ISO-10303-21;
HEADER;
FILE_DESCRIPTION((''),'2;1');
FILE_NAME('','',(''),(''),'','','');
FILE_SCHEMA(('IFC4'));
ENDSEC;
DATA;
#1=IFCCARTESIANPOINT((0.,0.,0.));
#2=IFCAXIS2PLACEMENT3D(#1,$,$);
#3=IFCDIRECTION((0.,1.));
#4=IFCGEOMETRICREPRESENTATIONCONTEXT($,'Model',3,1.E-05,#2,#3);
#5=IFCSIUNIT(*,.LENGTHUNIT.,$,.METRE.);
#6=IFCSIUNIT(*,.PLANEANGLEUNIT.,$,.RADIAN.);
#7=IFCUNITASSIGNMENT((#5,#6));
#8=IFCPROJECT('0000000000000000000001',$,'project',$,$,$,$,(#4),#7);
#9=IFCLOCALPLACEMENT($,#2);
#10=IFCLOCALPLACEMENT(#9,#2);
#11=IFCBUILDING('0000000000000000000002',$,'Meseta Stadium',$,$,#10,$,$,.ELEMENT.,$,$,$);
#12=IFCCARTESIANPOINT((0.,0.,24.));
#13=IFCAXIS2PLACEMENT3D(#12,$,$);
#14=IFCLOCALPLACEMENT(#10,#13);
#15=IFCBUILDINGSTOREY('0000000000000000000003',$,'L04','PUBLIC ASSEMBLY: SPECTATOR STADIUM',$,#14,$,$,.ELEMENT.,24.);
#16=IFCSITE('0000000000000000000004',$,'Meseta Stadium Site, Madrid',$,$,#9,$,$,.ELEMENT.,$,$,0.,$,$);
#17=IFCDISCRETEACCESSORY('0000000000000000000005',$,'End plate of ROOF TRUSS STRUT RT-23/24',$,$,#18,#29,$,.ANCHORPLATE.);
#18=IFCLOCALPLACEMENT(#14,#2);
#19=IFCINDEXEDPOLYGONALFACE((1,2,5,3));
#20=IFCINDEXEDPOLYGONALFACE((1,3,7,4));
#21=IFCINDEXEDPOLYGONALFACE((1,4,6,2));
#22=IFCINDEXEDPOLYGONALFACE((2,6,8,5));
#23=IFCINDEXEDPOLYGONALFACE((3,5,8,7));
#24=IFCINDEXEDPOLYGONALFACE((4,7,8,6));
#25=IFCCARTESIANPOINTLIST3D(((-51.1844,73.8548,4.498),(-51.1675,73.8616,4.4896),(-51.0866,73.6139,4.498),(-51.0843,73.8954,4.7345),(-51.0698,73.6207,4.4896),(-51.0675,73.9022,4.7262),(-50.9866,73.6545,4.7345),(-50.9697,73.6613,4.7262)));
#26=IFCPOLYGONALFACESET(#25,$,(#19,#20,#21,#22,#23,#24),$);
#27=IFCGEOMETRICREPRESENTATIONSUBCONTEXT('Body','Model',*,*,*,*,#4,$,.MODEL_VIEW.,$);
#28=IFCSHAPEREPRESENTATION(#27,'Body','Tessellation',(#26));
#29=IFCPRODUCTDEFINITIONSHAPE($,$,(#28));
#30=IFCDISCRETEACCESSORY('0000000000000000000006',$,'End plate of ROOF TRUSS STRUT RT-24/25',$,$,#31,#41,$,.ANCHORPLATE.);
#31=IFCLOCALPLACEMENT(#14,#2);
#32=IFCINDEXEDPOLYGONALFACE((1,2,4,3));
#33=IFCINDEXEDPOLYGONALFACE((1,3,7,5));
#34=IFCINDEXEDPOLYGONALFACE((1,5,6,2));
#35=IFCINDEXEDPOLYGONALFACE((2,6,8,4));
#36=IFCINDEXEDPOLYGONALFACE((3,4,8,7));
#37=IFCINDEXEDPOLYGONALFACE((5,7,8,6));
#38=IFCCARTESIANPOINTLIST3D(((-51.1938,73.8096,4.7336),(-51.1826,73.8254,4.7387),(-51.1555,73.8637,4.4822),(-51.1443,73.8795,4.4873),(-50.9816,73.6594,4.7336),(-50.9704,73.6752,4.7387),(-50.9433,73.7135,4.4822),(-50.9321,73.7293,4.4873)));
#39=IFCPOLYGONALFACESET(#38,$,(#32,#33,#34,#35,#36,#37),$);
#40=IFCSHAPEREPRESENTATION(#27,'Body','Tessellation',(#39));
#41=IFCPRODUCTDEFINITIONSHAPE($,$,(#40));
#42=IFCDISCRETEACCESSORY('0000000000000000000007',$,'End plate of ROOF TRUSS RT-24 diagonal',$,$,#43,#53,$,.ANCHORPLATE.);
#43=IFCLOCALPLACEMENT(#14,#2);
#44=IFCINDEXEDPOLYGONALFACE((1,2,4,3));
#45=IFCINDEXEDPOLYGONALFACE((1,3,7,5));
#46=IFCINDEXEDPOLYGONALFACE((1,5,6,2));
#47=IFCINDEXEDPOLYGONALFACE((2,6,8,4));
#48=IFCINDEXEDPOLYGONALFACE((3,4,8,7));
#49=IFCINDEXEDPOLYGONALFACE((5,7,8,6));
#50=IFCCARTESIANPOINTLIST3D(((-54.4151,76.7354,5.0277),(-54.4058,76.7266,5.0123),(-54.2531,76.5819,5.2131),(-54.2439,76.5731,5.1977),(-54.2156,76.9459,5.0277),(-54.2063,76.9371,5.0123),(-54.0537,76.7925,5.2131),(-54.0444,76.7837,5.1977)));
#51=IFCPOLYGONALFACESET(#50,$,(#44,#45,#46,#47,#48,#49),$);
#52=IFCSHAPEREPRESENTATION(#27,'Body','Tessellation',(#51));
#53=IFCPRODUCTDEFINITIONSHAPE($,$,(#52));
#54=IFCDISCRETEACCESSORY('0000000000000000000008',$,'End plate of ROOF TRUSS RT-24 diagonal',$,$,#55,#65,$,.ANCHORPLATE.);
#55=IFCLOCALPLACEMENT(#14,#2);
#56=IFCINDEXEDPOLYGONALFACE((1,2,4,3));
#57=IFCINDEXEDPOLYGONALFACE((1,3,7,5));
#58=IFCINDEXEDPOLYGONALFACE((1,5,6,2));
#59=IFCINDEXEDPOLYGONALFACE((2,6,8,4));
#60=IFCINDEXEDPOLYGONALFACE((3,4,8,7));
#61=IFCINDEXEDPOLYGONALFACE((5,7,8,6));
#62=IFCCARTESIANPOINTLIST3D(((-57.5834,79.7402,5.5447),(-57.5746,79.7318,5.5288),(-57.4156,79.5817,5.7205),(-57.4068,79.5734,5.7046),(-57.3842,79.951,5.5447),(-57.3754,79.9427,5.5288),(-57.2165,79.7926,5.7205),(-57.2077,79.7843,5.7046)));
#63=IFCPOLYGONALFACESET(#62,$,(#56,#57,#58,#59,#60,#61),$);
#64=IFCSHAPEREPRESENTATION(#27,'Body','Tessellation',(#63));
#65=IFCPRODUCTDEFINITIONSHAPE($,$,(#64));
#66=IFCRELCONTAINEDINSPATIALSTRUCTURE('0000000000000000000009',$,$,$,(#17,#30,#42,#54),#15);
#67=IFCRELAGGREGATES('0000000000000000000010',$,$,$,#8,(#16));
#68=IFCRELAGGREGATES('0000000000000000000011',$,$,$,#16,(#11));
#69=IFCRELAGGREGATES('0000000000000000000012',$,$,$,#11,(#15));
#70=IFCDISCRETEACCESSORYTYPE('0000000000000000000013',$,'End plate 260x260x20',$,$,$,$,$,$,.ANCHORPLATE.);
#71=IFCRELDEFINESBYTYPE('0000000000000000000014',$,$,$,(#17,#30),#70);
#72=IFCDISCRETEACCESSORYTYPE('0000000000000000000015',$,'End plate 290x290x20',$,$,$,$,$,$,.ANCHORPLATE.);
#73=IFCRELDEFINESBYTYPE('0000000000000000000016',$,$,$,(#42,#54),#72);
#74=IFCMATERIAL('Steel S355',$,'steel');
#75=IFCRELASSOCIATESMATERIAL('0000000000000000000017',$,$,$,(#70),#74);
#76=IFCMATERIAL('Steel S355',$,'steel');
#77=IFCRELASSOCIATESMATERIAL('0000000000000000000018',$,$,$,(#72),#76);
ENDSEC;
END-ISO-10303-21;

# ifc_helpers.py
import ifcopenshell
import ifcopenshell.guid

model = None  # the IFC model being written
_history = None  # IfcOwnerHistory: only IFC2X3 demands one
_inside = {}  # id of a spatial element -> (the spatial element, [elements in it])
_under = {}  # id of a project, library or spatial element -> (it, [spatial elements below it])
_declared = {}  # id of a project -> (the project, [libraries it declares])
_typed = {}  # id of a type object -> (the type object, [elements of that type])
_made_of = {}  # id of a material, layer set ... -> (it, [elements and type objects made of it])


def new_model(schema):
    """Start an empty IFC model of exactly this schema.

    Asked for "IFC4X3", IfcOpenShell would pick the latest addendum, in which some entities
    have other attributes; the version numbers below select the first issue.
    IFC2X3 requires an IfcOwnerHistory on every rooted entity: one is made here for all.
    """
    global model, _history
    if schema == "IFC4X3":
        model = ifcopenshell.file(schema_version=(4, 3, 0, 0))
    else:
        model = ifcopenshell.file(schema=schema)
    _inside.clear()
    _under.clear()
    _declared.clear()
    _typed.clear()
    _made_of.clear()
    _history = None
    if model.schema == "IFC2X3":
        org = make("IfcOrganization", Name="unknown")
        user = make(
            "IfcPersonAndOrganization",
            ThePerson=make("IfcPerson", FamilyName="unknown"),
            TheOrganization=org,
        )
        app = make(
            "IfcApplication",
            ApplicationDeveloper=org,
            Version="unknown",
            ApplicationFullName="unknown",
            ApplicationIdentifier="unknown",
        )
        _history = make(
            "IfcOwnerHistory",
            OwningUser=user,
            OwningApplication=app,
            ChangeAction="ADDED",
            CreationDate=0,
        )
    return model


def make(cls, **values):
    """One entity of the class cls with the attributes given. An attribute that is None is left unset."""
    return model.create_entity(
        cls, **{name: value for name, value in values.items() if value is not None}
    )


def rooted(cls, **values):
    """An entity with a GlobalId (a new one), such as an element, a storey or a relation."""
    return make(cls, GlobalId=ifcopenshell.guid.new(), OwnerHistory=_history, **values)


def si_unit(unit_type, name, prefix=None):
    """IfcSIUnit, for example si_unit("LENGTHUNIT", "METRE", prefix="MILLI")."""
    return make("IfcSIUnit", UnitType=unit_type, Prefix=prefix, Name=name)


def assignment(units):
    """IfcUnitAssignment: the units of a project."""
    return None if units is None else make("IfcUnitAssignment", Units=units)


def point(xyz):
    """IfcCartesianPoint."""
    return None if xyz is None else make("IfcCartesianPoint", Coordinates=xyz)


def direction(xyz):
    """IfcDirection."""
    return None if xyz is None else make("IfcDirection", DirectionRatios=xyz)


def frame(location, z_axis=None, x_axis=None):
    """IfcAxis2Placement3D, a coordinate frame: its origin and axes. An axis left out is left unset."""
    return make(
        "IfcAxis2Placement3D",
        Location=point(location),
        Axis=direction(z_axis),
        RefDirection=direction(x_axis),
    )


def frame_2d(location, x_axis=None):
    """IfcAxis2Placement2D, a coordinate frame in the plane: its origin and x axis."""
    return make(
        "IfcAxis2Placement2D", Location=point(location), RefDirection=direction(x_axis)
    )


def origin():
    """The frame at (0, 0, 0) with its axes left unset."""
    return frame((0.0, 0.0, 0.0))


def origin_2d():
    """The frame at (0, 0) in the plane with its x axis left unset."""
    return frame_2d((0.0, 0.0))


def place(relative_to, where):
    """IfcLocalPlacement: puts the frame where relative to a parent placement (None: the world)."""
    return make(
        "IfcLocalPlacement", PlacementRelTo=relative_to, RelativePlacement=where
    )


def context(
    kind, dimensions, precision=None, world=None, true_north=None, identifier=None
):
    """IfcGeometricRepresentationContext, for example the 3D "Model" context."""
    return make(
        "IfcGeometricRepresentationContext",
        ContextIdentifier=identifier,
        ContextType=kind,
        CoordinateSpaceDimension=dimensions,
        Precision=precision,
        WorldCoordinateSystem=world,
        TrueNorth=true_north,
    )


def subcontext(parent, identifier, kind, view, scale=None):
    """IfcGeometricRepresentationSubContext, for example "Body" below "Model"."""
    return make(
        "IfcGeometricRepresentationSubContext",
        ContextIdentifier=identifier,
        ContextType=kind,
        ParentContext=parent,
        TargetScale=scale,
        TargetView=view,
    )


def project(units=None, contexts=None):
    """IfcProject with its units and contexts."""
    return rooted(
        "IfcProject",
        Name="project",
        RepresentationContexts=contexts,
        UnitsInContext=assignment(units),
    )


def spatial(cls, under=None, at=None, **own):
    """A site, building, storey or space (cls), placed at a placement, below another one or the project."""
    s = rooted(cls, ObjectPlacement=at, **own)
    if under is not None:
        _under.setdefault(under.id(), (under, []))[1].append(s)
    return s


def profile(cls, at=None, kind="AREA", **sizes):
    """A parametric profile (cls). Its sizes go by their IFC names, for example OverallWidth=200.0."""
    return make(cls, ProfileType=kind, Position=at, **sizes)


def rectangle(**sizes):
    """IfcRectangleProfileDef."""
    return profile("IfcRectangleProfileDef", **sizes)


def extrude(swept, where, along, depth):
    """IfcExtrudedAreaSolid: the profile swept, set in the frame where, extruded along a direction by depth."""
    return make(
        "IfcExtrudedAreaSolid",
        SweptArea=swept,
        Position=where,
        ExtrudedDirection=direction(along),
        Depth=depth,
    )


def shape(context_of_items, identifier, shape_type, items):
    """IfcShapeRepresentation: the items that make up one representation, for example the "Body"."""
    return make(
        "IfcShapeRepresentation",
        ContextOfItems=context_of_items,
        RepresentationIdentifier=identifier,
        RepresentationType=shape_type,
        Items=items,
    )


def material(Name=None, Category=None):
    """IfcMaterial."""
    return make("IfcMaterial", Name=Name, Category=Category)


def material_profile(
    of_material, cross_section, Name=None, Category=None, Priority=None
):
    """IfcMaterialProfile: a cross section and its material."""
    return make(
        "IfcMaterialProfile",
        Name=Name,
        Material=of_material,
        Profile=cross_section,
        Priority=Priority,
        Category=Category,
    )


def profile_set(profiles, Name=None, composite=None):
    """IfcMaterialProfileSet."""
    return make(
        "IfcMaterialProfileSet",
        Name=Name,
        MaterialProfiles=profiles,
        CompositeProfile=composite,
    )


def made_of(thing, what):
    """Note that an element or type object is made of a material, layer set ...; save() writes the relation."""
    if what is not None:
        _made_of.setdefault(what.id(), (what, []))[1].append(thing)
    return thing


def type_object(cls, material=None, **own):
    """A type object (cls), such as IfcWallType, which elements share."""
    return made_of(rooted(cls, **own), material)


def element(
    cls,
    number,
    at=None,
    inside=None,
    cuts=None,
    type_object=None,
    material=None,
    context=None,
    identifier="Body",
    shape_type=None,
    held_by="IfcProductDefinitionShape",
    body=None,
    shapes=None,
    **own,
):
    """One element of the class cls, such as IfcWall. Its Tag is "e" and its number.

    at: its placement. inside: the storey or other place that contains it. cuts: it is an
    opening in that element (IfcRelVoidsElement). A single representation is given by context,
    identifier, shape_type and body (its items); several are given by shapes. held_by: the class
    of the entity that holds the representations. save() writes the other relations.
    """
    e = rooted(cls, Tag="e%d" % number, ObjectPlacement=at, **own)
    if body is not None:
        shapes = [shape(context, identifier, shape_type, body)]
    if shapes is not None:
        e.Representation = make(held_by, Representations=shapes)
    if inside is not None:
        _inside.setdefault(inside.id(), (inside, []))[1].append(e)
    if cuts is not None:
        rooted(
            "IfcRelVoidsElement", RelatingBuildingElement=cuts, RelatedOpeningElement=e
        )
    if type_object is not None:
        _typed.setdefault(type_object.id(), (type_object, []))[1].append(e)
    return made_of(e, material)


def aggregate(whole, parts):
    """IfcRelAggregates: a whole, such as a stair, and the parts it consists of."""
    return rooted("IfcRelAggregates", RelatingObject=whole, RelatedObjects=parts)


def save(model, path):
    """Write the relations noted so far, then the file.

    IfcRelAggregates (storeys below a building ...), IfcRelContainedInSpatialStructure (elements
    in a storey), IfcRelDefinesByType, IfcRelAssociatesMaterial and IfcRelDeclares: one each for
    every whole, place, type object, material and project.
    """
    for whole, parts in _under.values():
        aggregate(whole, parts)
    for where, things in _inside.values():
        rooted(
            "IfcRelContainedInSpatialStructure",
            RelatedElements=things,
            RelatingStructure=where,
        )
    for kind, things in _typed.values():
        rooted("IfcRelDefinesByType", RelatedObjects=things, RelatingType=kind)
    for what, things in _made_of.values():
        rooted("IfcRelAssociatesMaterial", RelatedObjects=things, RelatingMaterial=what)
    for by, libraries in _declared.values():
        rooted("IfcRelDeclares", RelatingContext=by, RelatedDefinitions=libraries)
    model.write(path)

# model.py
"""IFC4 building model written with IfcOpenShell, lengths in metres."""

from ifc_helpers import new_model, si_unit, direction, frame, origin, origin_2d, place, context, subcontext, project, spatial, rectangle, extrude, material, material_profile, profile_set, type_object, element, save


model = new_model("IFC4")

# Units and contexts
model_context = context("Model", 3, precision=1e-05, world=origin(), true_north=direction((0.0, 1.0)))
body_context = subcontext(model_context, "Body", "Model", "MODEL_VIEW")
ifc_project = project(units=[si_unit("LENGTHUNIT", "METRE"), si_unit("PLANEANGLEUNIT", "RADIAN")], contexts=[model_context])

# Site, building, storey
site_placement = place(None, origin())
site = spatial("IfcSite", under=ifc_project, at=site_placement, Name="Meseta Stadium Site, Madrid", CompositionType="ELEMENT", RefElevation=0.0)
building_placement = place(site_placement, origin())
building = spatial("IfcBuilding", under=site, at=building_placement, Name="Meseta Stadium", CompositionType="ELEMENT")
storey_placement = place(building_placement, frame((0.0, 0.0, 24.0)))
storey = spatial("IfcBuildingStorey", under=building, at=storey_placement, Name="L04", Description="PUBLIC ASSEMBLY: SPECTATOR STADIUM", CompositionType="ELEMENT", Elevation=24.0)

# Discrete accessories
ifc_material_1 = material(Name="Steel S355", Category="steel")
ifc_material_profile_1 = material_profile(ifc_material_1, rectangle(XDim=0.26, YDim=0.26, at=origin_2d()), Name="PL 260x260")
ifc_profile_set_1 = profile_set([ifc_material_profile_1], Name="Steel S355")
discrete_accessory_type_1 = type_object("IfcDiscreteAccessoryType", Name="End plate 260x260x20", PredefinedType="ANCHORPLATE", material=ifc_profile_set_1)
for number, where, z_axis, x_axis, name in (
    (1, (-51.0686, 73.7615, 4.6079), (-0.842906, -0.342049, 0.415345), (0.376017, -0.926613, 0.0), "End plate of ROOF TRUSS STRUT RT-23/24"),
    (2, (-51.0574, 73.7773, 4.613), (-0.558572, -0.789286, -0.255), (0.816271, -0.577669, 0.0), "End plate of ROOF TRUSS STRUT RT-24/25"),
):
    element("IfcDiscreteAccessory", number, at=place(storey_placement, frame(where, z_axis=z_axis, x_axis=x_axis)), inside=storey, type_object=discrete_accessory_type_1, Name=name, PredefinedType="ANCHORPLATE", context=body_context, shape_type="SweptSolid", body=[
        extrude(rectangle(XDim=0.26, YDim=0.26, at=origin_2d()), origin(), (0.0, 0.0, 1.0), 0.02),
    ])
ifc_material_2 = material(Name="Steel S355", Category="steel")
ifc_material_profile_2 = material_profile(ifc_material_2, rectangle(XDim=0.29, YDim=0.29, at=origin_2d()), Name="PL 290x290")
ifc_profile_set_2 = profile_set([ifc_material_profile_2], Name="Steel S355")
discrete_accessory_type_2 = type_object("IfcDiscreteAccessoryType", Name="End plate 290x290x20", PredefinedType="ANCHORPLATE", material=ifc_profile_set_2)
for number, where, z_axis, x_axis, name in (
    (3, (-54.2251, 76.7551, 5.105), (-0.463932, 0.439515, 0.769151), (-0.687745, -0.725953, 0.0), "End plate of ROOF TRUSS RT-24 diagonal"),
    (4, (-57.3911, 79.7581, 5.6167), (-0.440567, 0.416091, 0.795468), (-0.686624, -0.727013, 0.0), "End plate of ROOF TRUSS RT-24 diagonal"),
):
    element("IfcDiscreteAccessory", number, at=place(storey_placement, frame(where, z_axis=z_axis, x_axis=x_axis)), inside=storey, type_object=discrete_accessory_type_2, Name=name, PredefinedType="ANCHORPLATE", context=body_context, shape_type="SweptSolid", body=[
        extrude(rectangle(XDim=0.29, YDim=0.29, at=origin_2d()), origin(), (0.0, 0.0, 1.0), 0.02),
    ])

save(model, "model.ifc")
